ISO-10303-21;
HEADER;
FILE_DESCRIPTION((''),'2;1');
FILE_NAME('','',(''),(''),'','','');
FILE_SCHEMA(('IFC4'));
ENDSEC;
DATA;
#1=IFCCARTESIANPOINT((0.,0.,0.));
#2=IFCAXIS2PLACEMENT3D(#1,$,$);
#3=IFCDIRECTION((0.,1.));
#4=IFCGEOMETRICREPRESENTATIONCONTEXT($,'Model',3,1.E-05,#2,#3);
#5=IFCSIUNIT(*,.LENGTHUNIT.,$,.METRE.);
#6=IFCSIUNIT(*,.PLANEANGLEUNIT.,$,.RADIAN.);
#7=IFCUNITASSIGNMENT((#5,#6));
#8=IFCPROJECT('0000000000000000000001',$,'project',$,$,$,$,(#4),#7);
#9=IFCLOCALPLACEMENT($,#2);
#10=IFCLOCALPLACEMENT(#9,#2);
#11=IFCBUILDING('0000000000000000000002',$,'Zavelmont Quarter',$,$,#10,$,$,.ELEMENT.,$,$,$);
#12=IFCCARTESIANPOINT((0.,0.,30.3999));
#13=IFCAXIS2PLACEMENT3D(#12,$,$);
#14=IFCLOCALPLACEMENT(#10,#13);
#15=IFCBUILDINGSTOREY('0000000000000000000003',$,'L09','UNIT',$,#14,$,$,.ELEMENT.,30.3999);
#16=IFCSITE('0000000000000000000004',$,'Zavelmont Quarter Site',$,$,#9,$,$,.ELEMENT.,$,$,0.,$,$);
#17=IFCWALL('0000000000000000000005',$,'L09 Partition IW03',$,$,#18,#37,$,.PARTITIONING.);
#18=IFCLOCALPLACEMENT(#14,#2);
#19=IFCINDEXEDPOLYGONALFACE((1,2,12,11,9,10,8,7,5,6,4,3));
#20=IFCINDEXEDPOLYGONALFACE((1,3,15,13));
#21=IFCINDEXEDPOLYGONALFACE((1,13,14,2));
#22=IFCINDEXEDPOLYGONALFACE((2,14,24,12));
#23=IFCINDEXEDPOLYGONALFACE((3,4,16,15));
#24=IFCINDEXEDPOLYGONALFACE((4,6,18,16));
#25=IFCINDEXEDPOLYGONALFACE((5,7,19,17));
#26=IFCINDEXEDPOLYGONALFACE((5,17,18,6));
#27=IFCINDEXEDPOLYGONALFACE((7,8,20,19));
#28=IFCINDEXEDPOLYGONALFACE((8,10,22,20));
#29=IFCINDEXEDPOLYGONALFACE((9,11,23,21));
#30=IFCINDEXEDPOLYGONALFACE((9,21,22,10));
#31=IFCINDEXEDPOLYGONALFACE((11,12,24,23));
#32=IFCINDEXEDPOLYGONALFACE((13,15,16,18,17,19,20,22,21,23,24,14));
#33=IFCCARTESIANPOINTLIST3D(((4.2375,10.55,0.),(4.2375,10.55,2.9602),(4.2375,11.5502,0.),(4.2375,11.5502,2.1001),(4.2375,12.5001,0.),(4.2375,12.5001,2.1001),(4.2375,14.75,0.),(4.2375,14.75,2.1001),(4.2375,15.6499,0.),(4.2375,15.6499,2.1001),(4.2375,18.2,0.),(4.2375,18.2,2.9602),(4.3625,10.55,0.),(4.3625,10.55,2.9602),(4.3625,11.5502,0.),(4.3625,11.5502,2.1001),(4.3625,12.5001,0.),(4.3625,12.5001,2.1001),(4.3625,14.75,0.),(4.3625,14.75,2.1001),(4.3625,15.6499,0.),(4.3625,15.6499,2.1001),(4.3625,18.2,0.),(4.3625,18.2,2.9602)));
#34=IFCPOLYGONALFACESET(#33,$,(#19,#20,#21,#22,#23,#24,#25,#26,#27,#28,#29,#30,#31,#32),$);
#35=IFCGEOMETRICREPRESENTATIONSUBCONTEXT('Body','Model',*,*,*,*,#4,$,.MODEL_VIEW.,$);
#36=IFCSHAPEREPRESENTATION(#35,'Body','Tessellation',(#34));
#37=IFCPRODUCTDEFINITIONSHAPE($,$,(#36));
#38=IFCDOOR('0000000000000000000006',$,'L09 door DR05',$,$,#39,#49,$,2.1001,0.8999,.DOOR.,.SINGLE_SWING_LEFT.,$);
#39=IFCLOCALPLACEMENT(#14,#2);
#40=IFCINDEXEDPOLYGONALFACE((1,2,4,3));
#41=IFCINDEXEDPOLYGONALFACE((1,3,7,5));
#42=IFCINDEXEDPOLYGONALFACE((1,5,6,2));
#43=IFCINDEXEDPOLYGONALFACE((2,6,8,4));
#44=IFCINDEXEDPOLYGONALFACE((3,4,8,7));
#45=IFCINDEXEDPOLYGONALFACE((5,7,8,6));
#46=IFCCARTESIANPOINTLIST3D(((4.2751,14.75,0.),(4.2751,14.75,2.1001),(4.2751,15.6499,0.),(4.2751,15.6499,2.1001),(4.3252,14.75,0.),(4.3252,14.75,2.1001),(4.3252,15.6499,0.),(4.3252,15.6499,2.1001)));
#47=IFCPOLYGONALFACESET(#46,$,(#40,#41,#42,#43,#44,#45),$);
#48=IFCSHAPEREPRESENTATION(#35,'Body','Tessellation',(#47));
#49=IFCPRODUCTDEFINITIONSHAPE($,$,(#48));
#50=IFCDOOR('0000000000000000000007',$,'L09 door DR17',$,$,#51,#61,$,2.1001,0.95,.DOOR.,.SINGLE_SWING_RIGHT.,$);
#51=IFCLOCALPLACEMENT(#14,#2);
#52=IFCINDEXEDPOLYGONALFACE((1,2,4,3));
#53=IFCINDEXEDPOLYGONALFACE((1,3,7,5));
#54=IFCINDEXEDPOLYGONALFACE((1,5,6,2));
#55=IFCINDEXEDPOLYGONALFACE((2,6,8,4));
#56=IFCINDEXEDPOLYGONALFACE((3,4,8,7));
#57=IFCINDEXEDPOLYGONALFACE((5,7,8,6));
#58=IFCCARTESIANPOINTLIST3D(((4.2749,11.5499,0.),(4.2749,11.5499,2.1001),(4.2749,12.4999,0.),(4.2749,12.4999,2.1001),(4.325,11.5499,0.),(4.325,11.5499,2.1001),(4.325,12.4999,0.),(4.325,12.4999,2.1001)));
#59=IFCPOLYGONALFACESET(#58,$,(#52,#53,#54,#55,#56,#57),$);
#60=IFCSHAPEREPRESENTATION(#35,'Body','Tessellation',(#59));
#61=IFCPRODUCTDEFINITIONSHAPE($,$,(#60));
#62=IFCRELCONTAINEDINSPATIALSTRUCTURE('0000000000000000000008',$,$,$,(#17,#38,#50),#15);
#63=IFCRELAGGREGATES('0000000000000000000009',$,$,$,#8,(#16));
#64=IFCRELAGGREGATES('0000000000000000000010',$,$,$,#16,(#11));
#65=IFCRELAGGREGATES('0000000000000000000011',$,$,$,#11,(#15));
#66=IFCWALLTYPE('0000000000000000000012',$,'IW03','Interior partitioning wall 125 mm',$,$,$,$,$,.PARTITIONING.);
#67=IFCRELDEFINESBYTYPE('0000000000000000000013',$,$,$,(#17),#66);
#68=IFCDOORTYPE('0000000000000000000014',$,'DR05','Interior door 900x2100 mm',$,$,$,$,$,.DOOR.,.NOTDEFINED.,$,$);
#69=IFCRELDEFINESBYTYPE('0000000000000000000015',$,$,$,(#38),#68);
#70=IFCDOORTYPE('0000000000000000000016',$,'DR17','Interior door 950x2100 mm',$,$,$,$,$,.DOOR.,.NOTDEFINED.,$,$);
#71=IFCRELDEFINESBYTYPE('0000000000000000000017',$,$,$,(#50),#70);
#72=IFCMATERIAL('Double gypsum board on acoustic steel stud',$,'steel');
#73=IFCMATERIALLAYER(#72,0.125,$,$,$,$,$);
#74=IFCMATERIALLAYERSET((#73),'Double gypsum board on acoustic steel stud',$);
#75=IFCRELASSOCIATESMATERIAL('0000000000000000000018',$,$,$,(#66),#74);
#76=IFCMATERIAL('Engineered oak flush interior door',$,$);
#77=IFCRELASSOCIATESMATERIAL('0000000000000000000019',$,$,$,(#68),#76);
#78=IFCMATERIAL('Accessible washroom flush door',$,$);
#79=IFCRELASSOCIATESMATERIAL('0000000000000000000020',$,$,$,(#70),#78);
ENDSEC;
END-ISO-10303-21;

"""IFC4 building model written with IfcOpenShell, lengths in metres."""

from ifc_helpers import new_model, si_unit, direction, frame, frame_2d, origin, origin_with_axes, place, context, subcontext, project, spatial, rectangle, extrude, material, layer, layer_set, type_object, element, fill, save


model = new_model("IFC4")

# Units and contexts
model_context = context("Model", 3, precision=1e-05, world=origin(), true_north=direction((0.0, 1.0)))
body_context = subcontext(model_context, "Body", "Model", "MODEL_VIEW")
ifc_project = project(units=[si_unit("LENGTHUNIT", "METRE"), si_unit("PLANEANGLEUNIT", "RADIAN")], contexts=[model_context])

# Site, building, storey
site_placement = place(None, origin())
site = spatial("IfcSite", under=ifc_project, at=site_placement, Name="Zavelmont Quarter Site", CompositionType="ELEMENT", RefElevation=0.0)
building_placement = place(site_placement, origin())
building = spatial("IfcBuilding", under=site, at=building_placement, Name="Zavelmont Quarter", CompositionType="ELEMENT")
storey_placement = place(building_placement, frame((0.0, 0.0, 30.3999)))
storey = spatial("IfcBuildingStorey", under=building, at=storey_placement, Name="L09", Description="UNIT", CompositionType="ELEMENT", Elevation=30.3999)

# Wall, openings, doors
ifc_material_1 = material(Name="Double gypsum board on acoustic steel stud", Category="steel")
ifc_layer_1 = layer(ifc_material_1, 0.125)
ifc_layer_set_1 = layer_set([ifc_layer_1], Name="Double gypsum board on acoustic steel stud")
wall_type_1 = type_object("IfcWallType", Name="IW03", Description="Interior partitioning wall 125 mm", PredefinedType="PARTITIONING", material=ifc_layer_set_1)
wall_1_placement = place(storey_placement, frame((4.3, 10.55, 0.0), z_axis=(0.0, 0.0, 1.0), x_axis=(0.0, 1.0, 0.0)))
wall_1 = element("IfcWall", 1, at=wall_1_placement, inside=storey, type_object=wall_type_1, Name="L09 Partition IW03", PredefinedType="PARTITIONING", context=body_context, shape_type="SweptSolid", body=[
    extrude(rectangle(XDim=7.6499, YDim=0.125, at=frame_2d((3.825, 0.0))), origin(), (0.0, 0.0, 1.0), 2.9602),
])
opening_1_placement = place(wall_1_placement, frame((1.0, 0.0, 0.0)))
opening_1 = element("IfcOpeningElement", 2, at=opening_1_placement, cuts=wall_1, PredefinedType="OPENING", context=body_context, shape_type="SweptSolid", body=[
    extrude(rectangle(XDim=0.95, YDim=2.1001, at=frame_2d((0.4751, 1.05))), frame((0.0, 0.0745, 0.0), z_axis=(0.0, -1.0, 0.0), x_axis=(1.0, 0.0, 0.0)), (0.0, 0.0, 1.0), 0.1489),
])
opening_2_placement = place(wall_1_placement, frame((4.2, 0.0, 0.0)))
opening_2 = element("IfcOpeningElement", 3, at=opening_2_placement, cuts=wall_1, PredefinedType="OPENING", context=body_context, shape_type="SweptSolid", body=[
    extrude(rectangle(XDim=0.8999, YDim=2.1001, at=frame_2d((0.45, 1.05))), frame((0.0, 0.0745, 0.0), z_axis=(0.0, -1.0, 0.0), x_axis=(1.0, 0.0, 0.0)), (0.0, 0.0, 1.0), 0.1489),
])
ifc_material_2 = material(Name="Engineered oak flush interior door")
door_type_1 = type_object("IfcDoorType", Name="DR05", Description="Interior door 900x2100 mm", OperationType="NOTDEFINED", PredefinedType="DOOR", material=ifc_material_2)
door_1_placement = place(opening_2_placement, origin_with_axes())
door_1 = element("IfcDoor", 4, at=door_1_placement, inside=storey, type_object=door_type_1, Name="L09 door DR05", OperationType="SINGLE_SWING_LEFT", OverallHeight=2.1001, OverallWidth=0.8999, PredefinedType="DOOR", context=body_context, shape_type="SweptSolid", body=[
    extrude(rectangle(XDim=0.8999, YDim=2.1001, at=frame_2d((0.45, 1.05))), frame((0.0, 0.0249, 0.0), z_axis=(0.0, -1.0, 0.0), x_axis=(1.0, 0.0, 0.0)), (0.0, 0.0, 1.0), 0.05),
])
fill(opening_2, door_1)
ifc_material_3 = material(Name="Accessible washroom flush door")
door_type_2 = type_object("IfcDoorType", Name="DR17", Description="Interior door 950x2100 mm", OperationType="NOTDEFINED", PredefinedType="DOOR", material=ifc_material_3)
door_2_placement = place(opening_1_placement, frame((0.95, 0.0, 0.0), z_axis=(0.0, 0.0, 1.0), x_axis=(-1.0, 0.0, 0.0)))
door_2 = element("IfcDoor", 5, at=door_2_placement, inside=storey, type_object=door_type_2, Name="L09 door DR17", OperationType="SINGLE_SWING_RIGHT", OverallHeight=2.1001, OverallWidth=0.95, PredefinedType="DOOR", context=body_context, shape_type="SweptSolid", body=[
    extrude(rectangle(XDim=0.95, YDim=2.1001, at=frame_2d((0.4751, 1.05))), frame((0.0, 0.0249, 0.0), z_axis=(0.0, -1.0, 0.0), x_axis=(1.0, 0.0, 0.0)), (0.0, 0.0, 1.0), 0.05),
])
fill(opening_1, door_2)

save(model, "model.ifc")
